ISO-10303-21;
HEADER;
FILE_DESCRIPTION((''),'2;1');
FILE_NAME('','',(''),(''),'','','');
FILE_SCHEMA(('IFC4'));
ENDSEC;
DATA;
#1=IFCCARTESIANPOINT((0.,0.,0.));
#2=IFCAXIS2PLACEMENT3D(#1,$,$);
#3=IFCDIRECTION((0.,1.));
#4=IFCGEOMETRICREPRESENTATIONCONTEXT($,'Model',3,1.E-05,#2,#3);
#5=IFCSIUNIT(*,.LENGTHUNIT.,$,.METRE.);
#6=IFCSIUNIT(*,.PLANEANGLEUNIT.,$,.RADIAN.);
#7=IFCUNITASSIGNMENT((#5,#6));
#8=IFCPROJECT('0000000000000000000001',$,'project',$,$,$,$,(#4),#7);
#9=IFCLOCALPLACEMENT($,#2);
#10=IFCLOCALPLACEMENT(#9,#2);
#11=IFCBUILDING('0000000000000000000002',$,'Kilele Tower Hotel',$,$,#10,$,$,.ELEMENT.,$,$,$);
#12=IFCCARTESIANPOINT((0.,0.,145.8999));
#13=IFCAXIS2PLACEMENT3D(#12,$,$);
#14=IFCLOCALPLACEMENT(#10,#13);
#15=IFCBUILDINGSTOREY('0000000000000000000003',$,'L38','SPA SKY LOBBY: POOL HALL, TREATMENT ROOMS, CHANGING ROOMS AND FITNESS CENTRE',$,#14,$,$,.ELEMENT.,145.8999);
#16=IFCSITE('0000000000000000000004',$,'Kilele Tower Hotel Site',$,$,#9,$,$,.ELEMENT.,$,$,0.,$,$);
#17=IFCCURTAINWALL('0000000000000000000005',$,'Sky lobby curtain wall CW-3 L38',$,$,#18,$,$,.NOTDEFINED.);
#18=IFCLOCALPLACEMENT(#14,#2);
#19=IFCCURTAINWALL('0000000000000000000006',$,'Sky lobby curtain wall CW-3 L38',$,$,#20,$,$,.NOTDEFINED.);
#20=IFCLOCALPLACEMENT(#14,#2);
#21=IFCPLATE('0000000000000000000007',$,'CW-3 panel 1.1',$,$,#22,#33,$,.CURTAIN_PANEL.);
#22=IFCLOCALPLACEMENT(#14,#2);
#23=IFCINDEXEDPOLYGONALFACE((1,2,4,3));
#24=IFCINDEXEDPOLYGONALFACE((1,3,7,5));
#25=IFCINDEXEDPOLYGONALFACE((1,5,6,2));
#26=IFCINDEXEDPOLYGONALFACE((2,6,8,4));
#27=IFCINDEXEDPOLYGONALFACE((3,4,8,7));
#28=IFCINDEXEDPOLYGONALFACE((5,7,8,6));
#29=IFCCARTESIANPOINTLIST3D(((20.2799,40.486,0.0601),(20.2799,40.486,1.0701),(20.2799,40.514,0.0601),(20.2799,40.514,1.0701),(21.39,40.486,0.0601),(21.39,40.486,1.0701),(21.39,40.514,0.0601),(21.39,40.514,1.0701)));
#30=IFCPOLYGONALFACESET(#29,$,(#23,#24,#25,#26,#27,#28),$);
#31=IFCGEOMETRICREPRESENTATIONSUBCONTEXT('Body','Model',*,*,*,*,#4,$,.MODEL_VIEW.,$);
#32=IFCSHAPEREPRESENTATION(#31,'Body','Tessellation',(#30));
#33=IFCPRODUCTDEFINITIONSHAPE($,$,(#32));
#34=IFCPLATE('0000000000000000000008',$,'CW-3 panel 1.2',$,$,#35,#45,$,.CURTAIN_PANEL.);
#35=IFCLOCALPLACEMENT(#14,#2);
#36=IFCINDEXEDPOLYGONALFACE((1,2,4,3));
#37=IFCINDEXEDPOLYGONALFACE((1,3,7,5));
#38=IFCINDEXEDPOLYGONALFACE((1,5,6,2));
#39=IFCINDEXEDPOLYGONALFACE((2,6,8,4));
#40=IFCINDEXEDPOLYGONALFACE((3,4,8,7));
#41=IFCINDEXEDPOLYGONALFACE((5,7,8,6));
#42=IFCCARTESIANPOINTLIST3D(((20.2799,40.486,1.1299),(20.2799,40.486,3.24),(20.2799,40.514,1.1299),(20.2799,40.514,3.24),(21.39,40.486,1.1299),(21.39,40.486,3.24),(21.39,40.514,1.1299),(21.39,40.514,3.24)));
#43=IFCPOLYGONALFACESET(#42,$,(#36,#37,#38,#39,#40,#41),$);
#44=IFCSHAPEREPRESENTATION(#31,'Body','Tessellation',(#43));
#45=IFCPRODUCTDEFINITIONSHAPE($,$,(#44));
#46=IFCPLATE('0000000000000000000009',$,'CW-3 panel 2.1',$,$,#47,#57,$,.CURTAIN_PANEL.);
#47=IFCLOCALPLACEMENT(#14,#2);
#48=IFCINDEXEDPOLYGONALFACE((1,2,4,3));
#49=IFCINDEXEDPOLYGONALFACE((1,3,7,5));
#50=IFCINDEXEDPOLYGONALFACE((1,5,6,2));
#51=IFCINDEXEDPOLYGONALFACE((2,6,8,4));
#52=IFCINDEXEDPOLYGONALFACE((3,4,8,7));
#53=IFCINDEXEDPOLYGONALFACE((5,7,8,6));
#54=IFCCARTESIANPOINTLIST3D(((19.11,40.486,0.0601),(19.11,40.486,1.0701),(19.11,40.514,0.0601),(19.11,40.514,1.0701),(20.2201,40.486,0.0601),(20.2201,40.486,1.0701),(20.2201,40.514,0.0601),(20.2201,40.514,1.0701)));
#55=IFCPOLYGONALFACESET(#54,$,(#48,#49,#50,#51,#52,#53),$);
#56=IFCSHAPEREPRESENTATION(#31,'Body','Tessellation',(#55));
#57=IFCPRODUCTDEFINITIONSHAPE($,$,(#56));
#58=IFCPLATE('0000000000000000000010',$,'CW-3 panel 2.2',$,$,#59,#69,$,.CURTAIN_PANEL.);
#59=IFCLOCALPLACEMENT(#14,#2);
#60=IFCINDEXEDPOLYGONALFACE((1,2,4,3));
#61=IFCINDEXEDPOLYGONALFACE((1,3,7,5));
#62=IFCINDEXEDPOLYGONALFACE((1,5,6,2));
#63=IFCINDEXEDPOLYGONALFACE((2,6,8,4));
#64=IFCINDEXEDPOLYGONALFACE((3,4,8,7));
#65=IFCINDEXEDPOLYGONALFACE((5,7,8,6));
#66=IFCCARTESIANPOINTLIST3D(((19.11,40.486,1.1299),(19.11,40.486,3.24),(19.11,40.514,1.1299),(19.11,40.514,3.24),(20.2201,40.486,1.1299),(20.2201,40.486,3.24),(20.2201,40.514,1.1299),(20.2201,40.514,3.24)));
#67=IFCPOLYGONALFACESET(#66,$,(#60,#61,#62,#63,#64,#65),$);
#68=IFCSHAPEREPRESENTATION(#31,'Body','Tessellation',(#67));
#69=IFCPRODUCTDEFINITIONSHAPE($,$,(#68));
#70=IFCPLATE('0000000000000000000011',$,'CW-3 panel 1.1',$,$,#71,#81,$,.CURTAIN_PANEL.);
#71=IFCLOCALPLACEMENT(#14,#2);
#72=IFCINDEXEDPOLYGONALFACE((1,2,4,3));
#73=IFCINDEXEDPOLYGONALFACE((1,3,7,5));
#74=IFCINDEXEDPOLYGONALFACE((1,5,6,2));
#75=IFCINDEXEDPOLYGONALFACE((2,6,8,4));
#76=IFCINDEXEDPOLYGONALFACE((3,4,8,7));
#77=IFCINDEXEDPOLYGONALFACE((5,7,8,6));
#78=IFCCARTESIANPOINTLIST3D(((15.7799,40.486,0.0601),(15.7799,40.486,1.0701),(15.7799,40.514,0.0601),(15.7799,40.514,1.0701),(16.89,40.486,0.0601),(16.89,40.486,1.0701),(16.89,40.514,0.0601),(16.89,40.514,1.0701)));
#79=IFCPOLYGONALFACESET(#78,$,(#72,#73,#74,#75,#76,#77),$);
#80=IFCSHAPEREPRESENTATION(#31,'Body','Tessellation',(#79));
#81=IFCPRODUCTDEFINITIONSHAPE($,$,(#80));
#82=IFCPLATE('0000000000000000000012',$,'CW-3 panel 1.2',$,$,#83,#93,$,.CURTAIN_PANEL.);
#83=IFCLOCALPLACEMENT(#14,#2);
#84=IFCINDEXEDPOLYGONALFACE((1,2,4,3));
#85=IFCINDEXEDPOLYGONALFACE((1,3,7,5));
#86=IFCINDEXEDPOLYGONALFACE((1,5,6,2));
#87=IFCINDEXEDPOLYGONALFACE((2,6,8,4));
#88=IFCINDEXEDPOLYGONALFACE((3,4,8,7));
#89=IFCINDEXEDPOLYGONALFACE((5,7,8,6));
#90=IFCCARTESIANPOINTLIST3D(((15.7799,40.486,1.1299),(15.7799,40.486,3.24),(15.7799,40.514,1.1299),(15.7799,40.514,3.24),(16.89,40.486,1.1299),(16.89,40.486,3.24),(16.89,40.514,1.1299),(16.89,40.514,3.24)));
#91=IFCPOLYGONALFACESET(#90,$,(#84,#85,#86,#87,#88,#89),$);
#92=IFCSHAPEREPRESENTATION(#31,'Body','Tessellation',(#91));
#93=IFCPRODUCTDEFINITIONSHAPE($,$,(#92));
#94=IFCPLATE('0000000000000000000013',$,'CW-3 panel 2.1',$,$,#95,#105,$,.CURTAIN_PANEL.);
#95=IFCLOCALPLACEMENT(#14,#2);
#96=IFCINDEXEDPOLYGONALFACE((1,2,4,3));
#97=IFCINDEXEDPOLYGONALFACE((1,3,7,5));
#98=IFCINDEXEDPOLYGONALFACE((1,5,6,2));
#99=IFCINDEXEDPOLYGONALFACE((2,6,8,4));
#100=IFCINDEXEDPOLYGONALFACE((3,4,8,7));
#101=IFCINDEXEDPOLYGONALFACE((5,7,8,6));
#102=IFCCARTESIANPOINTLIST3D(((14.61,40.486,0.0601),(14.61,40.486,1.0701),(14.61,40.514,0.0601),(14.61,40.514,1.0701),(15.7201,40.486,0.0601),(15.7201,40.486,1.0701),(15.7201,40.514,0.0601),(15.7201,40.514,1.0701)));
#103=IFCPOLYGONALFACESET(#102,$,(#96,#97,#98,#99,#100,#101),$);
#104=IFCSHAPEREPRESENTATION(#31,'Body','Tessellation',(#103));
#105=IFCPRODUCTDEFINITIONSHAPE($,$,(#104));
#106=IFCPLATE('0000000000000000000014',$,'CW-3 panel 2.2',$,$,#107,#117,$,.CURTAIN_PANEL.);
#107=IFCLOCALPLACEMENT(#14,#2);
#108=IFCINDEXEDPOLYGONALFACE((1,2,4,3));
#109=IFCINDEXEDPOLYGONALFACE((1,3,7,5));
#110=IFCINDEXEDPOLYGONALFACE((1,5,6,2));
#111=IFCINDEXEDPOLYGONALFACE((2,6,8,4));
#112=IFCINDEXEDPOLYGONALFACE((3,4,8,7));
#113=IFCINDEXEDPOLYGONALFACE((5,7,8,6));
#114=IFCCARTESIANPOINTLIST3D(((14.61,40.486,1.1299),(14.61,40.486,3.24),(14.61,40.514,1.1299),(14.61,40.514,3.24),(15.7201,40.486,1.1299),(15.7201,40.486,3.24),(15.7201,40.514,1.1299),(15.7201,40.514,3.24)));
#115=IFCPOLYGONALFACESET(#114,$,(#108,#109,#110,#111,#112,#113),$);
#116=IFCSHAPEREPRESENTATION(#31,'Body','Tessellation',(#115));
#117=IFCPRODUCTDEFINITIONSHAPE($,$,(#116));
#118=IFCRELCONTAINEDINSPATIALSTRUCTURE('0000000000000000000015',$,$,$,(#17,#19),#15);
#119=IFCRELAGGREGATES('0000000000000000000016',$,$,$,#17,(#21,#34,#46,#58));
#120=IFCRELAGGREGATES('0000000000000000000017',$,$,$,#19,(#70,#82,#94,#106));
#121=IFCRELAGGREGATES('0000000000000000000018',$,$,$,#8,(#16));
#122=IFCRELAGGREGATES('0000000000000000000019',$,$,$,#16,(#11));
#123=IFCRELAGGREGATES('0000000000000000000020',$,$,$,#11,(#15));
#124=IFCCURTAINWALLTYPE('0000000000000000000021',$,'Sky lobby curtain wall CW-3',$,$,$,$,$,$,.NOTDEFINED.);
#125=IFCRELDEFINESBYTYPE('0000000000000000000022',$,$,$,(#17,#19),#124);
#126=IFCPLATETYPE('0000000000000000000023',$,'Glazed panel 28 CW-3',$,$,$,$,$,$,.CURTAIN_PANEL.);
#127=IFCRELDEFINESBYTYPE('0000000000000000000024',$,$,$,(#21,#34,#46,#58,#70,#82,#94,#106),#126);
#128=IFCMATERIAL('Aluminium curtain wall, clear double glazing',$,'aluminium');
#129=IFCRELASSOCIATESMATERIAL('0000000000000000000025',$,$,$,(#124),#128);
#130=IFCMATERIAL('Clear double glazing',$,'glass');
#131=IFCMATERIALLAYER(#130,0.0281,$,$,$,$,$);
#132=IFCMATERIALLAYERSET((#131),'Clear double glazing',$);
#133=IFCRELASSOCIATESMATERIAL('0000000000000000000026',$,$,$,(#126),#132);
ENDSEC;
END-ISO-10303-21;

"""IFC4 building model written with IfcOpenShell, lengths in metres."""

from ifc_helpers import new_model, si_unit, direction, frame, origin, origin_2d, place, context, subcontext, project, spatial, rectangle, extrude, material, layer, layer_set, type_object, element, aggregate, save


model = new_model("IFC4")

# Units and contexts
model_context = context("Model", 3, precision=1e-05, world=origin(), true_north=direction((0.0, 1.0)))
body_context = subcontext(model_context, "Body", "Model", "MODEL_VIEW")
ifc_project = project(units=[si_unit("LENGTHUNIT", "METRE"), si_unit("PLANEANGLEUNIT", "RADIAN")], contexts=[model_context])

# Site, building, storey
site_placement = place(None, origin())
site = spatial("IfcSite", under=ifc_project, at=site_placement, Name="Kilele Tower Hotel Site", CompositionType="ELEMENT", RefElevation=0.0)
building_placement = place(site_placement, origin())
building = spatial("IfcBuilding", under=site, at=building_placement, Name="Kilele Tower Hotel", CompositionType="ELEMENT")
storey_placement = place(building_placement, frame((0.0, 0.0, 145.8999)))
storey = spatial("IfcBuildingStorey", under=building, at=storey_placement, Name="L38", Description="SPA SKY LOBBY: POOL HALL, TREATMENT ROOMS, CHANGING ROOMS AND FITNESS CENTRE", CompositionType="ELEMENT", Elevation=145.8999)

# Shared definitions
ifc_material_1 = material(Name="Aluminium curtain wall, clear double glazing", Category="aluminium")
curtain_wall_type = type_object("IfcCurtainWallType", Name="Sky lobby curtain wall CW-3", PredefinedType="NOTDEFINED", material=ifc_material_1)

# Curtain walls
curtain_wall_1_placement = place(storey_placement, origin())
curtain_wall_1 = element("IfcCurtainWall", 1, at=curtain_wall_1_placement, inside=storey, type_object=curtain_wall_type, Name="Sky lobby curtain wall CW-3 L38", PredefinedType="NOTDEFINED")
curtain_wall_2_placement = place(storey_placement, origin())
curtain_wall_2 = element("IfcCurtainWall", 2, at=curtain_wall_2_placement, inside=storey, type_object=curtain_wall_type, Name="Sky lobby curtain wall CW-3 L38", PredefinedType="NOTDEFINED")

# Plates
ifc_material_2 = material(Name="Clear double glazing", Category="glass")
ifc_layer = layer(ifc_material_2, 0.0281)
ifc_layer_set = layer_set([ifc_layer], Name="Clear double glazing")
plate_type = type_object("IfcPlateType", Name="Glazed panel 28 CW-3", PredefinedType="CURTAIN_PANEL", material=ifc_layer_set)
plate_1_placement = place(storey_placement, frame((20.835, 40.5, 0.0601), z_axis=(0.0, 0.0, 1.0), x_axis=(-1.0, 0.0, 0.0)))
plate_1 = element("IfcPlate", 3, at=plate_1_placement, type_object=plate_type, Name="CW-3 panel 1.1", PredefinedType="CURTAIN_PANEL", context=body_context, shape_type="SweptSolid", body=[
    extrude(rectangle(XDim=1.1101, YDim=0.0281, at=origin_2d()), origin(), (0.0, 0.0, 1.0), 1.01),
])
plate_2_placement = place(storey_placement, frame((20.835, 40.5, 1.1299), z_axis=(0.0, 0.0, 1.0), x_axis=(-1.0, 0.0, 0.0)))
plate_2 = element("IfcPlate", 4, at=plate_2_placement, type_object=plate_type, Name="CW-3 panel 1.2", PredefinedType="CURTAIN_PANEL", context=body_context, shape_type="SweptSolid", body=[
    extrude(rectangle(XDim=1.1101, YDim=0.0281, at=origin_2d()), origin(), (0.0, 0.0, 1.0), 2.1101),
])
plate_3_placement = place(storey_placement, frame((19.665, 40.5, 0.0601), z_axis=(0.0, 0.0, 1.0), x_axis=(-1.0, 0.0, 0.0)))
plate_3 = element("IfcPlate", 5, at=plate_3_placement, type_object=plate_type, Name="CW-3 panel 2.1", PredefinedType="CURTAIN_PANEL", context=body_context, shape_type="SweptSolid", body=[
    extrude(rectangle(XDim=1.1101, YDim=0.0281, at=origin_2d()), origin(), (0.0, 0.0, 1.0), 1.01),
])
plate_4_placement = place(storey_placement, frame((19.665, 40.5, 1.1299), z_axis=(0.0, 0.0, 1.0), x_axis=(-1.0, 0.0, 0.0)))
plate_4 = element("IfcPlate", 6, at=plate_4_placement, type_object=plate_type, Name="CW-3 panel 2.2", PredefinedType="CURTAIN_PANEL", context=body_context, shape_type="SweptSolid", body=[
    extrude(rectangle(XDim=1.1101, YDim=0.0281, at=origin_2d()), origin(), (0.0, 0.0, 1.0), 2.1101),
])
aggregate(curtain_wall_1, [plate_1, plate_2, plate_3, plate_4])
plate_5_placement = place(storey_placement, frame((16.335, 40.5, 0.0601), z_axis=(0.0, 0.0, 1.0), x_axis=(-1.0, 0.0, 0.0)))
plate_5 = element("IfcPlate", 7, at=plate_5_placement, type_object=plate_type, Name="CW-3 panel 1.1", PredefinedType="CURTAIN_PANEL", context=body_context, shape_type="SweptSolid", body=[
    extrude(rectangle(XDim=1.1101, YDim=0.0281, at=origin_2d()), origin(), (0.0, 0.0, 1.0), 1.01),
])
plate_6_placement = place(storey_placement, frame((16.335, 40.5, 1.1299), z_axis=(0.0, 0.0, 1.0), x_axis=(-1.0, 0.0, 0.0)))
plate_6 = element("IfcPlate", 8, at=plate_6_placement, type_object=plate_type, Name="CW-3 panel 1.2", PredefinedType="CURTAIN_PANEL", context=body_context, shape_type="SweptSolid", body=[
    extrude(rectangle(XDim=1.1101, YDim=0.0281, at=origin_2d()), origin(), (0.0, 0.0, 1.0), 2.1101),
])
plate_7_placement = place(storey_placement, frame((15.165, 40.5, 0.0601), z_axis=(0.0, 0.0, 1.0), x_axis=(-1.0, 0.0, 0.0)))
plate_7 = element("IfcPlate", 9, at=plate_7_placement, type_object=plate_type, Name="CW-3 panel 2.1", PredefinedType="CURTAIN_PANEL", context=body_context, shape_type="SweptSolid", body=[
    extrude(rectangle(XDim=1.1101, YDim=0.0281, at=origin_2d()), origin(), (0.0, 0.0, 1.0), 1.01),
])
plate_8_placement = place(storey_placement, frame((15.165, 40.5, 1.1299), z_axis=(0.0, 0.0, 1.0), x_axis=(-1.0, 0.0, 0.0)))
plate_8 = element("IfcPlate", 10, at=plate_8_placement, type_object=plate_type, Name="CW-3 panel 2.2", PredefinedType="CURTAIN_PANEL", context=body_context, shape_type="SweptSolid", body=[
    extrude(rectangle(XDim=1.1101, YDim=0.0281, at=origin_2d()), origin(), (0.0, 0.0, 1.0), 2.1101),
])
aggregate(curtain_wall_2, [plate_5, plate_6, plate_7, plate_8])

save(model, "model.ifc")
